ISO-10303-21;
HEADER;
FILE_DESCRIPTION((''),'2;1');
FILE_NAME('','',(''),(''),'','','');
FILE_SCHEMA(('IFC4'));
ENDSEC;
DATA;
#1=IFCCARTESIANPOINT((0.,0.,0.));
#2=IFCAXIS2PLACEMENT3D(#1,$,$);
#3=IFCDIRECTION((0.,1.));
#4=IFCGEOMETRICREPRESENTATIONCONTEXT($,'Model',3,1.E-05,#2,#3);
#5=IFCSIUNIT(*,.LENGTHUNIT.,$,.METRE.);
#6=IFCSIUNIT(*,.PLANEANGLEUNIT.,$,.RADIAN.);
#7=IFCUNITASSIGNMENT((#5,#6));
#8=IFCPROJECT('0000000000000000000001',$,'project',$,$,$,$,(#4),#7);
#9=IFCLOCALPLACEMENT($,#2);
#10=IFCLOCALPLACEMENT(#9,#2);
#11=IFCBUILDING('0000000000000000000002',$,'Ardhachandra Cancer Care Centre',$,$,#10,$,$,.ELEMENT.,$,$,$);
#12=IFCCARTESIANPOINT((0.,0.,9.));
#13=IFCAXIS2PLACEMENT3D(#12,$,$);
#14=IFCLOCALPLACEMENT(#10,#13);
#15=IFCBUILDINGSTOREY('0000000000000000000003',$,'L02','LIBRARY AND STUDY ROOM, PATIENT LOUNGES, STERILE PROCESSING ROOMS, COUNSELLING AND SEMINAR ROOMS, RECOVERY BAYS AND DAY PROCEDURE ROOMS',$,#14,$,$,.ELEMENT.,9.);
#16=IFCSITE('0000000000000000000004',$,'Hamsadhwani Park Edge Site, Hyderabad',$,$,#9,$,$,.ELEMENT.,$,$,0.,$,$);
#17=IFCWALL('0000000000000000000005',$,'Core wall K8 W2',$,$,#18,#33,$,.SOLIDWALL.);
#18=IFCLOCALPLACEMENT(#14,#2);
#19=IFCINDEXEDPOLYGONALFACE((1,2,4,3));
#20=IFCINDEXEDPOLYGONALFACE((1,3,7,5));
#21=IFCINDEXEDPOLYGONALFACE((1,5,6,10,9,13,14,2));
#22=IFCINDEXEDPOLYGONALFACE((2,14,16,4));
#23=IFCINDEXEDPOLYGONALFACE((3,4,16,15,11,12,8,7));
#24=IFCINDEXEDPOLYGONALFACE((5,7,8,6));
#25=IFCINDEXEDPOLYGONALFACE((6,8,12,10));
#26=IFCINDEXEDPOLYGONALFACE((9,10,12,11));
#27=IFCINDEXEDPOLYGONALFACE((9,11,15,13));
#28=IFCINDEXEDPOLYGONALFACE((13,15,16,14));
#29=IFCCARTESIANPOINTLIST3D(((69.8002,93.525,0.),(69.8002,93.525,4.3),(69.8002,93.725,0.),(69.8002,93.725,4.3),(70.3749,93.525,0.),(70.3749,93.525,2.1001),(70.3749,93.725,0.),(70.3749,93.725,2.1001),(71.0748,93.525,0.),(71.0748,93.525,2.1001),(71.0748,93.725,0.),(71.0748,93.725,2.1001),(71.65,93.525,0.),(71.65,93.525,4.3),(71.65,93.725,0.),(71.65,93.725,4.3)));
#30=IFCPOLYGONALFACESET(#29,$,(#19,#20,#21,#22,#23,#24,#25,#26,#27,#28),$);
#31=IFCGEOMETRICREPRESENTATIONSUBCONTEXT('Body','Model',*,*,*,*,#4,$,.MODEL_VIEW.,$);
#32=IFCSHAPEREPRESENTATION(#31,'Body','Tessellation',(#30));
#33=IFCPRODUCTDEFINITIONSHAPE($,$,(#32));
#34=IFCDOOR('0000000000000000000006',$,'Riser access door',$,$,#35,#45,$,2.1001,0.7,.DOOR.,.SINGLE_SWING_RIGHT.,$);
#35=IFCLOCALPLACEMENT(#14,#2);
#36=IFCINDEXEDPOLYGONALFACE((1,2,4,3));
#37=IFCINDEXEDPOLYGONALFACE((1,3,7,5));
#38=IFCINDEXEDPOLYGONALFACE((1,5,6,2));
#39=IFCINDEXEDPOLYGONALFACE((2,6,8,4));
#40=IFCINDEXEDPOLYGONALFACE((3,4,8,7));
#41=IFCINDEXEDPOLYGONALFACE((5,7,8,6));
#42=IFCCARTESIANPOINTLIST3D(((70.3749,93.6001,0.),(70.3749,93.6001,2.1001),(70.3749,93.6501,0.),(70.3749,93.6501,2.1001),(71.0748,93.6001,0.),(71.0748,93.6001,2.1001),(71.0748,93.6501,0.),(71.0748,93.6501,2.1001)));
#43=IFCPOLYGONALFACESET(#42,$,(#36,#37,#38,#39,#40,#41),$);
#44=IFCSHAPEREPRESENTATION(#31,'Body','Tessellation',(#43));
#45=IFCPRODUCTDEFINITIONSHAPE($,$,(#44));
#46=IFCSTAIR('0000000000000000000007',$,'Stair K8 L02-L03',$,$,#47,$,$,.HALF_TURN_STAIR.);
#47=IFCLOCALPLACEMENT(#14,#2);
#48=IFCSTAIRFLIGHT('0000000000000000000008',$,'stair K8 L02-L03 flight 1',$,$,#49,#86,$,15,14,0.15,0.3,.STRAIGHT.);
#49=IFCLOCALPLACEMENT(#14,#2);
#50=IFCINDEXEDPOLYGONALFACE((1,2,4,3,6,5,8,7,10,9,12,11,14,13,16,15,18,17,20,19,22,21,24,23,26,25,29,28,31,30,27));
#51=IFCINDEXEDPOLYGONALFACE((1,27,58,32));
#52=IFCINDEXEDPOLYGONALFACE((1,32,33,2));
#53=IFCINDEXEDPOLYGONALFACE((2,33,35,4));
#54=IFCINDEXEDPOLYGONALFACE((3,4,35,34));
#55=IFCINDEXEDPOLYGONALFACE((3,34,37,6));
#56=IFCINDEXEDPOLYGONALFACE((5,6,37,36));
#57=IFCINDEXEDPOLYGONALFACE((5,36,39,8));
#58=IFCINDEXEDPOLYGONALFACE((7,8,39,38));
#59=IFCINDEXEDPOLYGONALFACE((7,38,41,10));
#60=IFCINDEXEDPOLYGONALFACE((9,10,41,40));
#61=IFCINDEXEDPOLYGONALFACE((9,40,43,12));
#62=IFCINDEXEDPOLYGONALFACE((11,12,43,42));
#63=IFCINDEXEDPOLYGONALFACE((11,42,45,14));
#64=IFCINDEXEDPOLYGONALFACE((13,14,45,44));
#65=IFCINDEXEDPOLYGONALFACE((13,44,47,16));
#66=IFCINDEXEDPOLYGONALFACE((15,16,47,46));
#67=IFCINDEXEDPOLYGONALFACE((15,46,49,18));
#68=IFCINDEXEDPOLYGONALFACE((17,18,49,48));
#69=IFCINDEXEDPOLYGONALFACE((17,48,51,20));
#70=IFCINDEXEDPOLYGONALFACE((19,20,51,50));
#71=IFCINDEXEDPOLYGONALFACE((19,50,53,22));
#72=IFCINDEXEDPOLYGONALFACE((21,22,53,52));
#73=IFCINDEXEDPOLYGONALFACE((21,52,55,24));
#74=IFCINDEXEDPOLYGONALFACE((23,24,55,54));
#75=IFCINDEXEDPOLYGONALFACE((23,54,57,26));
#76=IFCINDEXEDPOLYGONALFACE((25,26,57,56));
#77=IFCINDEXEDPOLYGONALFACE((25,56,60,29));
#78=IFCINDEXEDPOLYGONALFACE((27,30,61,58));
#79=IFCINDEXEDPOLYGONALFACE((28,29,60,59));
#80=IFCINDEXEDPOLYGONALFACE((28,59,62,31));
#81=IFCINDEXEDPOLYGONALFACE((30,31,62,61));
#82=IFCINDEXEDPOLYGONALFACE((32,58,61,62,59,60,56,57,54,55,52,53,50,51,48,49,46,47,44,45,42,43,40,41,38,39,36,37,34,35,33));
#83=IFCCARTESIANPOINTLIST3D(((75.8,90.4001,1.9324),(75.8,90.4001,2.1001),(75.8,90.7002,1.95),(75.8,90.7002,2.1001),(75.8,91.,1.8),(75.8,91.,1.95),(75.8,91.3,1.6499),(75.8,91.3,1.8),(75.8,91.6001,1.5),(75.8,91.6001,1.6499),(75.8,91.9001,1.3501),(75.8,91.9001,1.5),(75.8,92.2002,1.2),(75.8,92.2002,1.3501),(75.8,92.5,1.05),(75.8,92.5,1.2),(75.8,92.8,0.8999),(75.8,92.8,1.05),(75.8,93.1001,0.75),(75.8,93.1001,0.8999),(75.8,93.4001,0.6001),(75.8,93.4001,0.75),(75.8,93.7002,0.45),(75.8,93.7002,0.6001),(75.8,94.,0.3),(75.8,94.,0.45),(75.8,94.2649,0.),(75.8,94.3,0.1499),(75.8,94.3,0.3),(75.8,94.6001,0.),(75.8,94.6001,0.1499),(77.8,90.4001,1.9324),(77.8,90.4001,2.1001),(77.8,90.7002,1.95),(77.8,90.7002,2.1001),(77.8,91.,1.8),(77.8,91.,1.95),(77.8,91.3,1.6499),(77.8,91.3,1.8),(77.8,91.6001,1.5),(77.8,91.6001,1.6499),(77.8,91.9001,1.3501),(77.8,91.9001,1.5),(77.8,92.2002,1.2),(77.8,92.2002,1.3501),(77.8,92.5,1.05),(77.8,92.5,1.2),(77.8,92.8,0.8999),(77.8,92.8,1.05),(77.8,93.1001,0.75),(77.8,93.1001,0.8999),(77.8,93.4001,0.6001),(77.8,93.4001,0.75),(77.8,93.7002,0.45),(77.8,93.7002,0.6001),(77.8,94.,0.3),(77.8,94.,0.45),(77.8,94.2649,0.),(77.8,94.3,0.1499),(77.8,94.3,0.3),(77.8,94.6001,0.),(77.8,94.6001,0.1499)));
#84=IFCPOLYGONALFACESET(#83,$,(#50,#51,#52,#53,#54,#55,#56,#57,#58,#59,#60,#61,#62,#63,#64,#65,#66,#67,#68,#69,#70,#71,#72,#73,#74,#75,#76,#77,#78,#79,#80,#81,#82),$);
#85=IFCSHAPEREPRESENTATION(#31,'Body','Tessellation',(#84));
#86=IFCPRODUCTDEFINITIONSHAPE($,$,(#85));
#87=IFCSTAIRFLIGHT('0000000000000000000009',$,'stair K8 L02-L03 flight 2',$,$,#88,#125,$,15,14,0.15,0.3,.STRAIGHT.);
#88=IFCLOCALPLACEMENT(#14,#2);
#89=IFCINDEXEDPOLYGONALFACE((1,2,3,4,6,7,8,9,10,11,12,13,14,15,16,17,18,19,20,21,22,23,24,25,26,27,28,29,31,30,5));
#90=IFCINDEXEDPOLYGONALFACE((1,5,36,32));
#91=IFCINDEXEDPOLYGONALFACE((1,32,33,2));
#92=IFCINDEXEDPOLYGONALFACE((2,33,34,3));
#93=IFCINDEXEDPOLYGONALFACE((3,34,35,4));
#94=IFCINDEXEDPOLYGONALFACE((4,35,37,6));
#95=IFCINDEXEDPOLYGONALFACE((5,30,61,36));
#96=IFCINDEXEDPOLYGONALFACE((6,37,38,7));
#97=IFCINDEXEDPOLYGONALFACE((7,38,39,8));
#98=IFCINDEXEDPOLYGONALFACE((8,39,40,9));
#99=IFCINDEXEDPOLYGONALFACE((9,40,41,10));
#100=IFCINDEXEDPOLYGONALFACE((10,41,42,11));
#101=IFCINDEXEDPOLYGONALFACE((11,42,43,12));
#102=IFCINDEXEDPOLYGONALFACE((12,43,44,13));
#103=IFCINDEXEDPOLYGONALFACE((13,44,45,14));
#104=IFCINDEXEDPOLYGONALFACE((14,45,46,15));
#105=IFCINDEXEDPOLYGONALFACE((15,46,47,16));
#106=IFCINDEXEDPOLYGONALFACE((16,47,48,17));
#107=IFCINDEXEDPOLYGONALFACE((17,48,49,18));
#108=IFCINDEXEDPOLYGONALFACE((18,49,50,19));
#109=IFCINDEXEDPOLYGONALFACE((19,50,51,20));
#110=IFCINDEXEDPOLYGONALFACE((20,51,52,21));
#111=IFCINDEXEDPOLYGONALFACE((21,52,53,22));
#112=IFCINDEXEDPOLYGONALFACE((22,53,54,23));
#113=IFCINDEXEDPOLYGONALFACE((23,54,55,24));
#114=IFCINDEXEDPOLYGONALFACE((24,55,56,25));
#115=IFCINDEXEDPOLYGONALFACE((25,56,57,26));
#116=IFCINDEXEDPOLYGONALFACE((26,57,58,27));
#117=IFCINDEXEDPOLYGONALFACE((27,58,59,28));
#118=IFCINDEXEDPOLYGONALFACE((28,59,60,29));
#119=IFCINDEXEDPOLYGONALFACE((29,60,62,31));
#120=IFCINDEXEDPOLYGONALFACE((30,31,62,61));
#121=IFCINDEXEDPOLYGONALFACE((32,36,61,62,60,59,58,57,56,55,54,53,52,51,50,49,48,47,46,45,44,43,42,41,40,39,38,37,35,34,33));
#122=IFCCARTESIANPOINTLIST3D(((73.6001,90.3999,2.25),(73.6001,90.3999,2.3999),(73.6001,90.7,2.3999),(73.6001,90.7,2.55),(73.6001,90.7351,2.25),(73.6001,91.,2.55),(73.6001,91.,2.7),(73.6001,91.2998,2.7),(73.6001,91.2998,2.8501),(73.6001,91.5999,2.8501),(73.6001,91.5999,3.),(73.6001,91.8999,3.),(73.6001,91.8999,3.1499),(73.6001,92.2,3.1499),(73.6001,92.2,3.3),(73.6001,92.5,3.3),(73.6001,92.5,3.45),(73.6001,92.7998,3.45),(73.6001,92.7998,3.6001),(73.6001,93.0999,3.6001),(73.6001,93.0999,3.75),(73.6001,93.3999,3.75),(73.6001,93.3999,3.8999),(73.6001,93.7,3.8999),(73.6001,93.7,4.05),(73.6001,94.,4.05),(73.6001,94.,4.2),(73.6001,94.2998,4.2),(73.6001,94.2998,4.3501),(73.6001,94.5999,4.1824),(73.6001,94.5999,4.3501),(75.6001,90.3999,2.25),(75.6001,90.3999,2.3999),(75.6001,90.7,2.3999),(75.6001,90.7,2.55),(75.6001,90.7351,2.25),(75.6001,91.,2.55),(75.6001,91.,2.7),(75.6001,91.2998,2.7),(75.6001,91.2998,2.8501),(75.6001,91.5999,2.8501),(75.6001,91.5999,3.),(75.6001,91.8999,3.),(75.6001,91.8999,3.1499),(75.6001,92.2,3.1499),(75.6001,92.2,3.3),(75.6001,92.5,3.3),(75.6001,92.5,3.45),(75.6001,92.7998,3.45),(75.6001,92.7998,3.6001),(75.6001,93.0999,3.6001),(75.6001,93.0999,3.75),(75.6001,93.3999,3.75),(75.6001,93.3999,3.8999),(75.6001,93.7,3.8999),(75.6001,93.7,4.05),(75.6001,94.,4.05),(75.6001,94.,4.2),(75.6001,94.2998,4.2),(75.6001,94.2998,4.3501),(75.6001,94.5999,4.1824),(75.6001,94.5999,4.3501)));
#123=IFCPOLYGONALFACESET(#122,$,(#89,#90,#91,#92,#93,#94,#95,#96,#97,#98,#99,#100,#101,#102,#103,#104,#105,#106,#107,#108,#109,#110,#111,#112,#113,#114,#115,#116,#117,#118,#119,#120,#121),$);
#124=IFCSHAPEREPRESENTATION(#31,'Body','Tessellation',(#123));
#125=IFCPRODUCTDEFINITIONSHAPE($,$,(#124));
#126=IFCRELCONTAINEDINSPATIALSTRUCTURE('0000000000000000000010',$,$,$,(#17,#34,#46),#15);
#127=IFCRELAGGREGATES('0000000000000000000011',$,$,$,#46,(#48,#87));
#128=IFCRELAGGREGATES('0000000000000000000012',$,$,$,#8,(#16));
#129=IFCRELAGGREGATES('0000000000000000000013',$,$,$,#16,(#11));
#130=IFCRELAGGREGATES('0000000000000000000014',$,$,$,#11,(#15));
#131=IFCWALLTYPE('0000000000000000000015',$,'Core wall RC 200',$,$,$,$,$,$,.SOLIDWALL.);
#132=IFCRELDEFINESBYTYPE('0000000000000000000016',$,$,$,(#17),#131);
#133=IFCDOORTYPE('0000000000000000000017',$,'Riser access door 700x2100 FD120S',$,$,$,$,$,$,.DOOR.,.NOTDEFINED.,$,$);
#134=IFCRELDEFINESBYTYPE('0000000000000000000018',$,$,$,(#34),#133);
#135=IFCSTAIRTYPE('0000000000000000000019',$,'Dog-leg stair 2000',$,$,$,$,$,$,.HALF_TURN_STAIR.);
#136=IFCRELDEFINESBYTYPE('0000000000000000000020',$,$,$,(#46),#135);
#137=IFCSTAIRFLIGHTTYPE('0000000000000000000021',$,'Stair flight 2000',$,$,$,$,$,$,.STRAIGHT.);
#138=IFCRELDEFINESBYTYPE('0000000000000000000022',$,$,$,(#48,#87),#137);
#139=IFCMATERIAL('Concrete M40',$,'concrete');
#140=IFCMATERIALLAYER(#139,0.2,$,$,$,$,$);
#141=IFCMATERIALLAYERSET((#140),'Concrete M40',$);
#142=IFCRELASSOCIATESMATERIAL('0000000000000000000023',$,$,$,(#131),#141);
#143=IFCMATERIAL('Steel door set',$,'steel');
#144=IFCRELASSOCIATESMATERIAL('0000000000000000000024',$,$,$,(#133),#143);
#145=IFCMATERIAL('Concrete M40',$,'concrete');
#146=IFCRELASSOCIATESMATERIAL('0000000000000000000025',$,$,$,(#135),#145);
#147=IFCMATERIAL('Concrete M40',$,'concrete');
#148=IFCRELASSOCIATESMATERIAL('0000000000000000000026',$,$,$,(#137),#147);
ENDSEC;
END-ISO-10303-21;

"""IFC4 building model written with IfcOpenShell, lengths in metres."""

from ifc_helpers import new_model, si_unit, direction, frame, frame_2d, origin, place, context, subcontext, project, spatial, polyline, rectangle, outline, extrude, material, layer, layer_set, type_object, element, fill, aggregate, save


model = new_model("IFC4")

# Units and contexts
model_context = context("Model", 3, precision=1e-05, world=origin(), true_north=direction((0.0, 1.0)))
body_context = subcontext(model_context, "Body", "Model", "MODEL_VIEW")
ifc_project = project(units=[si_unit("LENGTHUNIT", "METRE"), si_unit("PLANEANGLEUNIT", "RADIAN")], contexts=[model_context])

# Site, building, storey
site_placement = place(None, origin())
site = spatial("IfcSite", under=ifc_project, at=site_placement, Name="Hamsadhwani Park Edge Site, Hyderabad", CompositionType="ELEMENT", RefElevation=0.0)
building_placement = place(site_placement, origin())
building = spatial("IfcBuilding", under=site, at=building_placement, Name="Ardhachandra Cancer Care Centre", CompositionType="ELEMENT")
storey_placement = place(building_placement, frame((0.0, 0.0, 9.0)))
storey = spatial("IfcBuildingStorey", under=building, at=storey_placement, Name="L02", Description="LIBRARY AND STUDY ROOM, PATIENT LOUNGES, STERILE PROCESSING ROOMS, COUNSELLING AND SEMINAR ROOMS, RECOVERY BAYS AND DAY PROCEDURE ROOMS", CompositionType="ELEMENT", Elevation=9.0)

# Shared definitions
ifc_material_1 = material(Name="Concrete M40", Category="concrete")
ifc_layer_1 = layer(ifc_material_1, 0.2)
ifc_layer_set_1 = layer_set([ifc_layer_1], Name="Concrete M40")
wall_type = type_object("IfcWallType", Name="Core wall RC 200", PredefinedType="SOLIDWALL", material=ifc_layer_set_1)

# Wall, opening, door
ifc_material_2 = material(Name="Steel door set", Category="steel")
door_type_1 = type_object("IfcDoorType", Name="Riser access door 700x2100 FD120S", OperationType="NOTDEFINED", PredefinedType="DOOR", material=ifc_material_2)
wall_1_placement = place(storey_placement, frame((71.6499, 93.625, 0.0), z_axis=(0.0, 0.0, 1.0), x_axis=(-1.0, 0.0, 0.0)))
wall_1 = element("IfcWall", 1, at=wall_1_placement, inside=storey, type_object=wall_type, Name="Core wall K8 W2", PredefinedType="SOLIDWALL", context=body_context, shape_type="SweptSolid", body=[
    extrude(rectangle(XDim=1.8499, YDim=0.2, at=frame_2d((0.9248, 0.0))), origin(), (0.0, 0.0, 1.0), 4.3),
])
opening_1_placement = place(wall_1_placement, frame((0.575, 0.0, 0.0)))
opening_1 = element("IfcOpeningElement", 2, at=opening_1_placement, cuts=wall_1, PredefinedType="OPENING", context=body_context, shape_type="SweptSolid", body=[
    extrude(rectangle(XDim=0.7, YDim=2.1001, at=frame_2d((0.3501, 1.05))), frame((0.0, 0.1099, 0.0), z_axis=(0.0, -1.0, 0.0), x_axis=(1.0, 0.0, 0.0)), (0.0, 0.0, 1.0), 0.22),
])
door_1_placement = place(opening_1_placement, origin())
door_1 = element("IfcDoor", 3, at=door_1_placement, inside=storey, type_object=door_type_1, Name="Riser access door", OperationType="SINGLE_SWING_RIGHT", OverallHeight=2.1001, OverallWidth=0.7, PredefinedType="DOOR", context=body_context, shape_type="SweptSolid", body=[
    extrude(rectangle(XDim=0.7, YDim=2.1001, at=frame_2d((0.3501, 1.05))), frame((0.0, 0.0249, 0.0), z_axis=(0.0, -1.0, 0.0), x_axis=(1.0, 0.0, 0.0)), (0.0, 0.0, 1.0), 0.05),
])
fill(opening_1, door_1)

# Stair, stair flights
ifc_material_3 = material(Name="Concrete M40", Category="concrete")
stair_type = type_object("IfcStairType", Name="Dog-leg stair 2000", PredefinedType="HALF_TURN_STAIR", material=ifc_material_3)
stair_placement = place(storey_placement, origin())
stair = element("IfcStair", 4, at=stair_placement, inside=storey, type_object=stair_type, Name="Stair K8 L02-L03", PredefinedType="HALF_TURN_STAIR")
ifc_material_4 = material(Name="Concrete M40", Category="concrete")
stair_flight_type = type_object("IfcStairFlightType", Name="Stair flight 2000", PredefinedType="STRAIGHT", material=ifc_material_4)
stair_flight_1_placement = place(storey_placement, frame((76.8, 94.6001, 0.0), z_axis=(0.0, 0.0, 1.0), x_axis=(0.0, -1.0, 0.0)))
stair_flight_1 = element("IfcStairFlight", 5, at=stair_flight_1_placement, type_object=stair_flight_type, Name="stair K8 L02-L03 flight 1", NumberOfRisers=15, NumberOfTreads=14, PredefinedType="STRAIGHT", RiserHeight=0.15, TreadLength=0.3, context=body_context, shape_type="SweptSolid", body=[
    extrude(outline(polyline([(0.0, 0.0), (0.0, 0.1499), (0.3, 0.1499), (0.3, 0.3), (0.6001, 0.3), (0.6001, 0.45), (0.8999, 0.45), (0.8999, 0.6001), (1.2, 0.6001), (1.2, 0.75), (1.5, 0.75), (1.5, 0.8999), (1.8, 0.8999), (1.8, 1.05), (2.1001, 1.05), (2.1001, 1.2), (2.3999, 1.2), (2.3999, 1.3501), (2.7, 1.3501), (2.7, 1.5), (3.0, 1.5), (3.0, 1.6499), (3.3, 1.6499), (3.3, 1.8), (3.6001, 1.8), (3.6001, 1.95), (3.8999, 1.95), (3.8999, 2.1001), (4.2, 2.1001), (4.2, 2.25), (4.2, 1.9324), (0.3352, 0.0), (0.0, 0.0)])), frame((0.0, 1.0, 0.0), z_axis=(0.0, -1.0, 0.0), x_axis=(1.0, 0.0, 0.0)), (0.0, 0.0, 1.0), 2.0),
])
stair_flight_2_placement = place(storey_placement, frame((74.6001, 90.3999, 2.25), z_axis=(0.0, 0.0, 1.0), x_axis=(0.0, 1.0, 0.0)))
stair_flight_2 = element("IfcStairFlight", 6, at=stair_flight_2_placement, type_object=stair_flight_type, Name="stair K8 L02-L03 flight 2", NumberOfRisers=15, NumberOfTreads=14, PredefinedType="STRAIGHT", RiserHeight=0.15, TreadLength=0.3, context=body_context, shape_type="SweptSolid", body=[
    extrude(outline(polyline([(0.0, 0.0), (0.0, 0.1499), (0.3, 0.1499), (0.3, 0.3), (0.6001, 0.3), (0.6001, 0.45), (0.8999, 0.45), (0.8999, 0.6001), (1.2, 0.6001), (1.2, 0.75), (1.5, 0.75), (1.5, 0.8999), (1.8, 0.8999), (1.8, 1.05), (2.1001, 1.05), (2.1001, 1.2), (2.3999, 1.2), (2.3999, 1.3501), (2.7, 1.3501), (2.7, 1.5), (3.0, 1.5), (3.0, 1.6499), (3.3, 1.6499), (3.3, 1.8), (3.6001, 1.8), (3.6001, 1.95), (3.8999, 1.95), (3.8999, 2.1001), (4.2, 2.1001), (4.2, 2.25), (4.2, 1.9324), (0.3352, 0.0), (0.0, 0.0)])), frame((0.0, 1.0, 0.0), z_axis=(0.0, -1.0, 0.0), x_axis=(1.0, 0.0, 0.0)), (0.0, 0.0, 1.0), 2.0),
])
aggregate(stair, [stair_flight_1, stair_flight_2])

save(model, "model.ifc")
